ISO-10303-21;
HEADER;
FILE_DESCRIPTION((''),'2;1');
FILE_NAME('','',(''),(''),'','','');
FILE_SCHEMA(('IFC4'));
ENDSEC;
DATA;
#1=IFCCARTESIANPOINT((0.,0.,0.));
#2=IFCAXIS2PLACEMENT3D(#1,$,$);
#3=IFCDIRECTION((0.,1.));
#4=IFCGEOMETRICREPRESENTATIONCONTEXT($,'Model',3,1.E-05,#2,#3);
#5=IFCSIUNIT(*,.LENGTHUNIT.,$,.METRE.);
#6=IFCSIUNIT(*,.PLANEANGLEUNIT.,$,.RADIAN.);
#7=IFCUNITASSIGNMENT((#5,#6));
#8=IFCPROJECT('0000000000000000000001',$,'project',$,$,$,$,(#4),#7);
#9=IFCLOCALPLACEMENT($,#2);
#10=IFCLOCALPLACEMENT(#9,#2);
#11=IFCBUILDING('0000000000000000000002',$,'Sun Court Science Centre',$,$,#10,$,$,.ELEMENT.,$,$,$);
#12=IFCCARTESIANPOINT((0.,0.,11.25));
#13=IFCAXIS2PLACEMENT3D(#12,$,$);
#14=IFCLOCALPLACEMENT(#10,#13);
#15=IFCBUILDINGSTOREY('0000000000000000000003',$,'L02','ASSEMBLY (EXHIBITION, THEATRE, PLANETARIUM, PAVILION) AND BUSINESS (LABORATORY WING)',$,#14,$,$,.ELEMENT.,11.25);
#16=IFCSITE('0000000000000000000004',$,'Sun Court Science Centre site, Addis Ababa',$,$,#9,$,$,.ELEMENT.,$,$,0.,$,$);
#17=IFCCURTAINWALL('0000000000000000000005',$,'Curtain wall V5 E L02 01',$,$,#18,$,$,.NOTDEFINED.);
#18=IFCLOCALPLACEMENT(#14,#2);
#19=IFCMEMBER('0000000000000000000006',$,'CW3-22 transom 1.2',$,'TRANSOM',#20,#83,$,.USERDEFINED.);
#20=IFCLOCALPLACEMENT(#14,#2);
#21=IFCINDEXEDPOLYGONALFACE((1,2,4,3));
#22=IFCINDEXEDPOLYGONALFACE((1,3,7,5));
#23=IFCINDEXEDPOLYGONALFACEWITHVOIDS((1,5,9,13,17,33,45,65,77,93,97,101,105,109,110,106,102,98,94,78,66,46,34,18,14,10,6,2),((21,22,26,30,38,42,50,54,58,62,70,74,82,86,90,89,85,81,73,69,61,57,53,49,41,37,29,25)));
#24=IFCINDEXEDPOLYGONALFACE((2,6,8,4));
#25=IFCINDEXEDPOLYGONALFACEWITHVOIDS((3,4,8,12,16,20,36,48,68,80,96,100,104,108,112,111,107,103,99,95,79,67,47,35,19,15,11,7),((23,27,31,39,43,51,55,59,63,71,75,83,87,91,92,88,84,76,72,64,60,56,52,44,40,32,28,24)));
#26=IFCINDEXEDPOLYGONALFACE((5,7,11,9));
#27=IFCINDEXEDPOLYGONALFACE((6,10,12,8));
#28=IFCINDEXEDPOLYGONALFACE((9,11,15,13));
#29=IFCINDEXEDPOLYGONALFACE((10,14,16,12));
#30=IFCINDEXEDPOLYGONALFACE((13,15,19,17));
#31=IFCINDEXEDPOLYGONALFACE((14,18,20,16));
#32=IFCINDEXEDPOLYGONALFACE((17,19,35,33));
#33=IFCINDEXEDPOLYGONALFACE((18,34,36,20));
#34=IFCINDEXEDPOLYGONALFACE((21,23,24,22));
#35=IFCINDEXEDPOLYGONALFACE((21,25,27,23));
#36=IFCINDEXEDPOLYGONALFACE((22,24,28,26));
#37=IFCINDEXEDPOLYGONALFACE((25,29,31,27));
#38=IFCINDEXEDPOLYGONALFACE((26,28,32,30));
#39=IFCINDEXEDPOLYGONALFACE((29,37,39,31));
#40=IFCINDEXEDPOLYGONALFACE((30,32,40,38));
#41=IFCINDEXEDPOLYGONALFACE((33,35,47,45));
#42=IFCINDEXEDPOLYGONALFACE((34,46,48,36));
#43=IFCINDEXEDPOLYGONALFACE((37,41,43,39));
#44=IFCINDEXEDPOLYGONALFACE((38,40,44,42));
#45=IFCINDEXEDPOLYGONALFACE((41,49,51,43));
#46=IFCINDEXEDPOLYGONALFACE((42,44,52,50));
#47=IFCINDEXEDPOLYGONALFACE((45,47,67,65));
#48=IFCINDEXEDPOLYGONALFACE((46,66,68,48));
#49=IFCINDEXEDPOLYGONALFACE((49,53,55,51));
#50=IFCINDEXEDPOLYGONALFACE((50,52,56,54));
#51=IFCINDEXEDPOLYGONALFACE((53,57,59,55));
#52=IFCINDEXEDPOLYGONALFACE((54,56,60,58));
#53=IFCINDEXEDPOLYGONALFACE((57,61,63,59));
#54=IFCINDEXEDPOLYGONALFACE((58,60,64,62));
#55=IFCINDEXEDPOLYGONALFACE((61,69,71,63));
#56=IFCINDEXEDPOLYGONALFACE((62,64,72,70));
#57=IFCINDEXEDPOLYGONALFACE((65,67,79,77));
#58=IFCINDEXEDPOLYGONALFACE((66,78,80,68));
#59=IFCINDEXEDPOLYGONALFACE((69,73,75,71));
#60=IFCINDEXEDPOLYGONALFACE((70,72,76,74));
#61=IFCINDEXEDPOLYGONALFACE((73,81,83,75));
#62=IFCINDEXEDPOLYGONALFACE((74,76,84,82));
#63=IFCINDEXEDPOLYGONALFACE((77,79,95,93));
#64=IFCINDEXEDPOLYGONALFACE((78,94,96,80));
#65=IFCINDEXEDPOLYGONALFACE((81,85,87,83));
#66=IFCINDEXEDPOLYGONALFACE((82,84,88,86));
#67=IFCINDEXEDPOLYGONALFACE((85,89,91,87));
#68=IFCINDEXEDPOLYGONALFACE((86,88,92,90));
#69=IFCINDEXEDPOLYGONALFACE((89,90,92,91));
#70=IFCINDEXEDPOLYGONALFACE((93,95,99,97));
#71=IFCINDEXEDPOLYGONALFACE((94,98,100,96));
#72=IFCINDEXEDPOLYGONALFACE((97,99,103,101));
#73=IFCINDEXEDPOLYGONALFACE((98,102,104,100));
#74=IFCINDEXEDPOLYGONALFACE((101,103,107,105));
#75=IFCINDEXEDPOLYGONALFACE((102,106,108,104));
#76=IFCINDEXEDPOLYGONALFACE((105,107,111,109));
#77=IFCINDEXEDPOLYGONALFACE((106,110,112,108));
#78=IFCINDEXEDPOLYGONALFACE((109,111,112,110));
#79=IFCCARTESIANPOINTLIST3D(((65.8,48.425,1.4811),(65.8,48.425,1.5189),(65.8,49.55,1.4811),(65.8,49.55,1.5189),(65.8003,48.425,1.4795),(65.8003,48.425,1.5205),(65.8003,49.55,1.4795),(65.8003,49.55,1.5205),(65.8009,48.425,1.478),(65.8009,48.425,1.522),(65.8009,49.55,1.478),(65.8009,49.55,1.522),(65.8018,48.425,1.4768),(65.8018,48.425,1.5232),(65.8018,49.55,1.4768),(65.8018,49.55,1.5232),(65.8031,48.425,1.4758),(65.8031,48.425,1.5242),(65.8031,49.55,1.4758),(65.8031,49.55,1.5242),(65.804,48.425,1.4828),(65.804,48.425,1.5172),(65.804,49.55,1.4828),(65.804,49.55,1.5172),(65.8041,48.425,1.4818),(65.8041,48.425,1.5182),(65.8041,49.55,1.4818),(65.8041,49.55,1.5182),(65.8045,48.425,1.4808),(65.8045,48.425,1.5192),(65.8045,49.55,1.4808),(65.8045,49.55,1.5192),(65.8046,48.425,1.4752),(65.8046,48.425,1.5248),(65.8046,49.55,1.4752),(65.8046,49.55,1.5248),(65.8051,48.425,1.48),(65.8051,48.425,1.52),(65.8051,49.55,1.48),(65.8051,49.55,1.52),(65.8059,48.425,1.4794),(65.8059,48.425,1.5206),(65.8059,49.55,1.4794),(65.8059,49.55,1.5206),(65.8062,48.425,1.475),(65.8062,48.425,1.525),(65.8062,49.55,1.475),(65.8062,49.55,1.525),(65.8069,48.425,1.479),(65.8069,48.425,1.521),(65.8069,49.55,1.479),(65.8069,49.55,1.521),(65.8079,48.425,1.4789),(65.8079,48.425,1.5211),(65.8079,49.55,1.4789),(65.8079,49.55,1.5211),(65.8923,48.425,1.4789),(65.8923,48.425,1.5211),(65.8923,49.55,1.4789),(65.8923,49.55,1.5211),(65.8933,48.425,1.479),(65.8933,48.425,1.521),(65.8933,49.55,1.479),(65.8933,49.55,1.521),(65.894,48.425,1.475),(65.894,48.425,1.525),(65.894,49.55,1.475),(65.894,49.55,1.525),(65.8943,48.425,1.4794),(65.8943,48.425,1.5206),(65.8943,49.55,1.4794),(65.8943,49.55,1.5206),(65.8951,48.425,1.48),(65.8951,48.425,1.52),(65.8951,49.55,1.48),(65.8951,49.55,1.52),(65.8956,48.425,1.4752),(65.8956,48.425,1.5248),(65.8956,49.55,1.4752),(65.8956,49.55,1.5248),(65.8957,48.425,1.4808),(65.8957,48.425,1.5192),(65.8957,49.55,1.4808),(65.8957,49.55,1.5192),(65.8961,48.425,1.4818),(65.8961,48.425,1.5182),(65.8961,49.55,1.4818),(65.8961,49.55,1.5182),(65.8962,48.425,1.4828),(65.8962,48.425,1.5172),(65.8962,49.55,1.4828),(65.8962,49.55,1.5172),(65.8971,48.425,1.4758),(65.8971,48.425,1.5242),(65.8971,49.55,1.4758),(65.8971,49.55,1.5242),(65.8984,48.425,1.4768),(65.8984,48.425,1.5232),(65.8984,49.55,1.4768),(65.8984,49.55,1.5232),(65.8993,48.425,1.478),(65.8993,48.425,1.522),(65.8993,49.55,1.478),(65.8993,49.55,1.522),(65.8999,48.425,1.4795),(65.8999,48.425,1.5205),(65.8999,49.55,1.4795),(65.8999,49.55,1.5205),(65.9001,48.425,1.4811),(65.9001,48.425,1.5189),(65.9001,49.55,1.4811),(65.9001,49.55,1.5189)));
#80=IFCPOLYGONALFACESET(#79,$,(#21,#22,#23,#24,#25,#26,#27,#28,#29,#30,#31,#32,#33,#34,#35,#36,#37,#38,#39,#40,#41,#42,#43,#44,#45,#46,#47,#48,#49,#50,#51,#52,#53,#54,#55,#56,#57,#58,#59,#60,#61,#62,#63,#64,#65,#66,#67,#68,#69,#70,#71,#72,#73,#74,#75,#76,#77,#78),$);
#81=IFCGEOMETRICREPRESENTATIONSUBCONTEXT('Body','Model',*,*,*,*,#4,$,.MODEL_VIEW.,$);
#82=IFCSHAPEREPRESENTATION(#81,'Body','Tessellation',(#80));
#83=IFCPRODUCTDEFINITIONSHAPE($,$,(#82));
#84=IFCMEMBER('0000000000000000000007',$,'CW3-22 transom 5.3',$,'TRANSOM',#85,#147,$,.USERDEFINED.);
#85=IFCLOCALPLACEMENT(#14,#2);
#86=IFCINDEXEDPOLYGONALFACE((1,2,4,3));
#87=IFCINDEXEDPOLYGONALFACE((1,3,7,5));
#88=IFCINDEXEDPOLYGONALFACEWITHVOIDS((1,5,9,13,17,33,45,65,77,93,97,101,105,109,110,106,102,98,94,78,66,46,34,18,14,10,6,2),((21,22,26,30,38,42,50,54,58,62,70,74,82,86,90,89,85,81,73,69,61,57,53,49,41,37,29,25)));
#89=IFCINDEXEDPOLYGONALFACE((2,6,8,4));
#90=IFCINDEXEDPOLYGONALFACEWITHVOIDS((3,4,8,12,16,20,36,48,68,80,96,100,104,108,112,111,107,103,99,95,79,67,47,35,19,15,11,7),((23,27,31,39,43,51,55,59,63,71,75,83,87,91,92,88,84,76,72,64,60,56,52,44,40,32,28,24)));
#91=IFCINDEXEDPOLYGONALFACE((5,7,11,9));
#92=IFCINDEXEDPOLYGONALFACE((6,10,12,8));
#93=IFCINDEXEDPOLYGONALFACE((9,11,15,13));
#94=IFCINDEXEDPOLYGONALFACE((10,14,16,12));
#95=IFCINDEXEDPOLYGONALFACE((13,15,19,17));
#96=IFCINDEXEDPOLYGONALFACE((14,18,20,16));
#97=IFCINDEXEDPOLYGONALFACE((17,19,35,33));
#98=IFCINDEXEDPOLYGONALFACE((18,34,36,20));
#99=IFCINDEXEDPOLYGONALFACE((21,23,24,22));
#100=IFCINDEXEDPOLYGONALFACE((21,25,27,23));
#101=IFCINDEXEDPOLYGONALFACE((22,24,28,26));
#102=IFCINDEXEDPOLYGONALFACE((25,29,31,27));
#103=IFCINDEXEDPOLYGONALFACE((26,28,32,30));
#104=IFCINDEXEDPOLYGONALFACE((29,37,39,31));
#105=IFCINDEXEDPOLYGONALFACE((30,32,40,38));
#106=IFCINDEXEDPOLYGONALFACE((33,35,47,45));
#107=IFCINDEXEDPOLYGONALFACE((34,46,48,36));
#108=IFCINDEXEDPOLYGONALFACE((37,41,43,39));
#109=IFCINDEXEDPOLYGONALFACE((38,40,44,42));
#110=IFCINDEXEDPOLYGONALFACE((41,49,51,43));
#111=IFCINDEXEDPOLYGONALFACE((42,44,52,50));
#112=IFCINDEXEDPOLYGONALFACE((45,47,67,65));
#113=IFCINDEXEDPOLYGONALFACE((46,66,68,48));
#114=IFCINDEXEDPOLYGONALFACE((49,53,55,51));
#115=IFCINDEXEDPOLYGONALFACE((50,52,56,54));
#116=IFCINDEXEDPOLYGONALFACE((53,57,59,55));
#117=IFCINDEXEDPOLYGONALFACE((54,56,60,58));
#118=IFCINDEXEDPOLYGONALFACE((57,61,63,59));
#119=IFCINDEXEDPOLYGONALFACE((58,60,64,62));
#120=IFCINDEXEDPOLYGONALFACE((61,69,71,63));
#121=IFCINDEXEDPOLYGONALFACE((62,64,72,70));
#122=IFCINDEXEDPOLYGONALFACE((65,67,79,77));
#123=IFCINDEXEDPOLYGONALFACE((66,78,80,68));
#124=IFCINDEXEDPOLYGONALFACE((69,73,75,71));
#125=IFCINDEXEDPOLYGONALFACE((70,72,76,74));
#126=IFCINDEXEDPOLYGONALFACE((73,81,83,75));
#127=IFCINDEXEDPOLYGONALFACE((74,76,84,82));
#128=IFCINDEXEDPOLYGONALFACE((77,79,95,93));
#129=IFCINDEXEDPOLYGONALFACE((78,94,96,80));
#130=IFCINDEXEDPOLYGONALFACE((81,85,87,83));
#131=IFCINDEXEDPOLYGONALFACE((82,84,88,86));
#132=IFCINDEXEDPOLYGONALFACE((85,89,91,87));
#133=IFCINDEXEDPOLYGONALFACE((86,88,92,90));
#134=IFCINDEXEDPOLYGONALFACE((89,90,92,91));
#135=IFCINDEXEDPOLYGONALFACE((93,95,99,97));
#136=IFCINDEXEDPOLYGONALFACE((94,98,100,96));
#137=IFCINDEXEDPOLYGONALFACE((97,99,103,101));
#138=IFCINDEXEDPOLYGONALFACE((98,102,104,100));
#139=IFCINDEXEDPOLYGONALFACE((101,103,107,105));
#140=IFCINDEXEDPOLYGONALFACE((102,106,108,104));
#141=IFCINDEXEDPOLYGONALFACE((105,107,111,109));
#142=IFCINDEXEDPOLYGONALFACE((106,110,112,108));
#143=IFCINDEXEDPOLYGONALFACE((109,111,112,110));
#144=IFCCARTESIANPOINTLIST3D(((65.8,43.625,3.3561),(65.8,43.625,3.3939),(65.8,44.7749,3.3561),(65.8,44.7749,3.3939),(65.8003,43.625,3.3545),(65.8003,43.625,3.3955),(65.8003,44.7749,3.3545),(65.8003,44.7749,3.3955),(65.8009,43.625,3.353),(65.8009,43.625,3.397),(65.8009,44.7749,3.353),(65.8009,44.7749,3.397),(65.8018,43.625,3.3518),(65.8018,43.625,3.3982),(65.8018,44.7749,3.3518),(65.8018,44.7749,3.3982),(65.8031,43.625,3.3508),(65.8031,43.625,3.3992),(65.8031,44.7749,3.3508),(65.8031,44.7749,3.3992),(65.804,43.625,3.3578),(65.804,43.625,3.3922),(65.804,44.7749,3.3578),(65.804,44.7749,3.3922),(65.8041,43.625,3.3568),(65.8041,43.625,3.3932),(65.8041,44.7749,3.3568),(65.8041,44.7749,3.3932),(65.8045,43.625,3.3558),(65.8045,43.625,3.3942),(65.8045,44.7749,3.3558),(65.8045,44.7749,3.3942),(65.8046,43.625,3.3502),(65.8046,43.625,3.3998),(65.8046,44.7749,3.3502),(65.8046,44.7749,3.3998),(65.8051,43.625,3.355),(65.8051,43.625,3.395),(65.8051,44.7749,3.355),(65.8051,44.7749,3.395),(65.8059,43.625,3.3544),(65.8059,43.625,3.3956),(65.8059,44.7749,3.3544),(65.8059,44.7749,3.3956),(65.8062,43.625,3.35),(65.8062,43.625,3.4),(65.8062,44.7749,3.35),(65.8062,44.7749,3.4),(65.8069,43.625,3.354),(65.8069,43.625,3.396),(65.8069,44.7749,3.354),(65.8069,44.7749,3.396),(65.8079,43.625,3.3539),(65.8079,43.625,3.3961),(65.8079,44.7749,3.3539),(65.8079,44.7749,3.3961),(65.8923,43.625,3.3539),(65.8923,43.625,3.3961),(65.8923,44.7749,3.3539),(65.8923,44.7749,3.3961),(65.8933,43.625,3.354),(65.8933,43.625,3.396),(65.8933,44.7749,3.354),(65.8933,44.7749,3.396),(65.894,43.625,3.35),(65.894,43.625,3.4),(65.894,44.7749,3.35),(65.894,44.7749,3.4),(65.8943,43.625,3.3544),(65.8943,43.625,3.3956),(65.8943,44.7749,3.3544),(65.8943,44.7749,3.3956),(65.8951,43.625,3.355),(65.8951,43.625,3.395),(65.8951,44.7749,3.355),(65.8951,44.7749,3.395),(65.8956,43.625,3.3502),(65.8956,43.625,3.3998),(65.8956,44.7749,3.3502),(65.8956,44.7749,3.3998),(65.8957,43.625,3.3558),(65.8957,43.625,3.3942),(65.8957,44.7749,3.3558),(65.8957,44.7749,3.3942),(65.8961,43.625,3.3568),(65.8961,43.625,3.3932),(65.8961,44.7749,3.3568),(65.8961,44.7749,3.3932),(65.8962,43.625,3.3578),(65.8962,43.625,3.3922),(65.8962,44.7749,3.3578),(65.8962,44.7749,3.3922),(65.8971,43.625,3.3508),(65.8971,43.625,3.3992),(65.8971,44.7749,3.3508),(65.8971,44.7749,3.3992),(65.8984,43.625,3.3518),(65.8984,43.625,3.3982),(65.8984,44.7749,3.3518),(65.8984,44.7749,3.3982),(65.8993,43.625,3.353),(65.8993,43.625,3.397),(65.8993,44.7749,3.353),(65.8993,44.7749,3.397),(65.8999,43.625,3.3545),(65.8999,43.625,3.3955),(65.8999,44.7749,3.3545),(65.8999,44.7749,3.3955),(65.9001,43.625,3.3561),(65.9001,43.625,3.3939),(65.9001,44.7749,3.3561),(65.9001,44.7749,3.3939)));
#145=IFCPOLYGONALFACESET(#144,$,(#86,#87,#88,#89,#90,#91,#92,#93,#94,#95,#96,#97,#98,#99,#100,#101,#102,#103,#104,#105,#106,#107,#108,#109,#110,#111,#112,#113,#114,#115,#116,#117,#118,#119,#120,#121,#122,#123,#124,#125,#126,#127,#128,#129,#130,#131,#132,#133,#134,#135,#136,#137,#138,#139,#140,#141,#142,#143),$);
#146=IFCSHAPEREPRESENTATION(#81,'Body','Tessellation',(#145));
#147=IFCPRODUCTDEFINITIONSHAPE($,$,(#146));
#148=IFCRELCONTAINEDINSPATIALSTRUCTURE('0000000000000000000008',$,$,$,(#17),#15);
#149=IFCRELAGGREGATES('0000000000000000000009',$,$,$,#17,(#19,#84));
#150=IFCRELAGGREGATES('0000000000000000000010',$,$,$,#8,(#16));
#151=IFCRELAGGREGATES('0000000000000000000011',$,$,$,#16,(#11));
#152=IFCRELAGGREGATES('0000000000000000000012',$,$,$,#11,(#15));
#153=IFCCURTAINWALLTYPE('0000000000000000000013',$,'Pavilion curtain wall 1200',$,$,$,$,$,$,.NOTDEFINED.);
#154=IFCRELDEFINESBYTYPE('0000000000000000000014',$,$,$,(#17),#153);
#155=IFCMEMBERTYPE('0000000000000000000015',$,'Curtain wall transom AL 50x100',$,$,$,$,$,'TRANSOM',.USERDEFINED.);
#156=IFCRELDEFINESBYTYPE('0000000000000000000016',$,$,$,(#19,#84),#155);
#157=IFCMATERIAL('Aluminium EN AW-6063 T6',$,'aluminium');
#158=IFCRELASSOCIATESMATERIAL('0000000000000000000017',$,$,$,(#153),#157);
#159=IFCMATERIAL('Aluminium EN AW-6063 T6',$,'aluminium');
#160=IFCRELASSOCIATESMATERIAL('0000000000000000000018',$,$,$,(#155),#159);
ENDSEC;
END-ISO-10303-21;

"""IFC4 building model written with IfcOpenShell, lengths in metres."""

from ifc_helpers import new_model, si_unit, direction, frame, origin, origin_2d, place, context, subcontext, project, spatial, hollow_rectangle, extrude, material, material_profile, profile_set, type_object, element, aggregate, save


model = new_model("IFC4")

# Units and contexts
model_context = context("Model", 3, precision=1e-05, world=origin(), true_north=direction((0.0, 1.0)))
body_context = subcontext(model_context, "Body", "Model", "MODEL_VIEW")
ifc_project = project(units=[si_unit("LENGTHUNIT", "METRE"), si_unit("PLANEANGLEUNIT", "RADIAN")], contexts=[model_context])

# Site, building, storey
site_placement = place(None, origin())
site = spatial("IfcSite", under=ifc_project, at=site_placement, Name="Sun Court Science Centre site, Addis Ababa", CompositionType="ELEMENT", RefElevation=0.0)
building_placement = place(site_placement, origin())
building = spatial("IfcBuilding", under=site, at=building_placement, Name="Sun Court Science Centre", CompositionType="ELEMENT")
storey_placement = place(building_placement, frame((0.0, 0.0, 11.25)))
storey = spatial("IfcBuildingStorey", under=building, at=storey_placement, Name="L02", Description="ASSEMBLY (EXHIBITION, THEATRE, PLANETARIUM, PAVILION) AND BUSINESS (LABORATORY WING)", CompositionType="ELEMENT", Elevation=11.25)

# Curtain wall, members
ifc_material_1 = material(Name="Aluminium EN AW-6063 T6", Category="aluminium")
curtain_wall_type = type_object("IfcCurtainWallType", Name="Pavilion curtain wall 1200", PredefinedType="NOTDEFINED", material=ifc_material_1)
curtain_wall_placement = place(storey_placement, origin())
curtain_wall = element("IfcCurtainWall", 1, at=curtain_wall_placement, inside=storey, type_object=curtain_wall_type, Name="Curtain wall V5 E L02 01", PredefinedType="NOTDEFINED")
ifc_material_2 = material(Name="Aluminium EN AW-6063 T6", Category="aluminium")
ifc_material_profile_1 = material_profile(ifc_material_2, hollow_rectangle(XDim=0.05, YDim=0.1001, WallThickness=0.0039, InnerFilletRadius=0.0039, OuterFilletRadius=0.0061, at=origin_2d()), Name="AL 50x100x4")
ifc_profile_set_1 = profile_set([ifc_material_profile_1], Name="Aluminium EN AW-6063 T6")
member_type_1 = type_object("IfcMemberType", Name="Curtain wall transom AL 50x100", ElementType="TRANSOM", PredefinedType="USERDEFINED", material=ifc_profile_set_1)
member_1_placement = place(storey_placement, frame((65.8501, 49.55, 1.5), z_axis=(0.0, -1.0, 0.0), x_axis=(0.0, 0.0, 1.0)))
member_1 = element("IfcMember", 2, at=member_1_placement, type_object=member_type_1, Name="CW3-22 transom 1.2", ObjectType="TRANSOM", PredefinedType="USERDEFINED", context=body_context, shape_type="SweptSolid", body=[
    extrude(hollow_rectangle(XDim=0.05, YDim=0.1001, WallThickness=0.0039, InnerFilletRadius=0.0039, OuterFilletRadius=0.0061, at=origin_2d()), origin(), (0.0, 0.0, 1.0), 1.125),
])
member_2_placement = place(storey_placement, frame((65.8501, 44.7749, 3.375), z_axis=(0.0, -1.0, 0.0), x_axis=(0.0, 0.0, 1.0)))
member_2 = element("IfcMember", 3, at=member_2_placement, type_object=member_type_1, Name="CW3-22 transom 5.3", ObjectType="TRANSOM", PredefinedType="USERDEFINED", context=body_context, shape_type="SweptSolid", body=[
    extrude(hollow_rectangle(XDim=0.05, YDim=0.1001, WallThickness=0.0039, InnerFilletRadius=0.0039, OuterFilletRadius=0.0061, at=origin_2d()), origin(), (0.0, 0.0, 1.0), 1.1499),
])
aggregate(curtain_wall, [member_1, member_2])

save(model, "model.ifc")
